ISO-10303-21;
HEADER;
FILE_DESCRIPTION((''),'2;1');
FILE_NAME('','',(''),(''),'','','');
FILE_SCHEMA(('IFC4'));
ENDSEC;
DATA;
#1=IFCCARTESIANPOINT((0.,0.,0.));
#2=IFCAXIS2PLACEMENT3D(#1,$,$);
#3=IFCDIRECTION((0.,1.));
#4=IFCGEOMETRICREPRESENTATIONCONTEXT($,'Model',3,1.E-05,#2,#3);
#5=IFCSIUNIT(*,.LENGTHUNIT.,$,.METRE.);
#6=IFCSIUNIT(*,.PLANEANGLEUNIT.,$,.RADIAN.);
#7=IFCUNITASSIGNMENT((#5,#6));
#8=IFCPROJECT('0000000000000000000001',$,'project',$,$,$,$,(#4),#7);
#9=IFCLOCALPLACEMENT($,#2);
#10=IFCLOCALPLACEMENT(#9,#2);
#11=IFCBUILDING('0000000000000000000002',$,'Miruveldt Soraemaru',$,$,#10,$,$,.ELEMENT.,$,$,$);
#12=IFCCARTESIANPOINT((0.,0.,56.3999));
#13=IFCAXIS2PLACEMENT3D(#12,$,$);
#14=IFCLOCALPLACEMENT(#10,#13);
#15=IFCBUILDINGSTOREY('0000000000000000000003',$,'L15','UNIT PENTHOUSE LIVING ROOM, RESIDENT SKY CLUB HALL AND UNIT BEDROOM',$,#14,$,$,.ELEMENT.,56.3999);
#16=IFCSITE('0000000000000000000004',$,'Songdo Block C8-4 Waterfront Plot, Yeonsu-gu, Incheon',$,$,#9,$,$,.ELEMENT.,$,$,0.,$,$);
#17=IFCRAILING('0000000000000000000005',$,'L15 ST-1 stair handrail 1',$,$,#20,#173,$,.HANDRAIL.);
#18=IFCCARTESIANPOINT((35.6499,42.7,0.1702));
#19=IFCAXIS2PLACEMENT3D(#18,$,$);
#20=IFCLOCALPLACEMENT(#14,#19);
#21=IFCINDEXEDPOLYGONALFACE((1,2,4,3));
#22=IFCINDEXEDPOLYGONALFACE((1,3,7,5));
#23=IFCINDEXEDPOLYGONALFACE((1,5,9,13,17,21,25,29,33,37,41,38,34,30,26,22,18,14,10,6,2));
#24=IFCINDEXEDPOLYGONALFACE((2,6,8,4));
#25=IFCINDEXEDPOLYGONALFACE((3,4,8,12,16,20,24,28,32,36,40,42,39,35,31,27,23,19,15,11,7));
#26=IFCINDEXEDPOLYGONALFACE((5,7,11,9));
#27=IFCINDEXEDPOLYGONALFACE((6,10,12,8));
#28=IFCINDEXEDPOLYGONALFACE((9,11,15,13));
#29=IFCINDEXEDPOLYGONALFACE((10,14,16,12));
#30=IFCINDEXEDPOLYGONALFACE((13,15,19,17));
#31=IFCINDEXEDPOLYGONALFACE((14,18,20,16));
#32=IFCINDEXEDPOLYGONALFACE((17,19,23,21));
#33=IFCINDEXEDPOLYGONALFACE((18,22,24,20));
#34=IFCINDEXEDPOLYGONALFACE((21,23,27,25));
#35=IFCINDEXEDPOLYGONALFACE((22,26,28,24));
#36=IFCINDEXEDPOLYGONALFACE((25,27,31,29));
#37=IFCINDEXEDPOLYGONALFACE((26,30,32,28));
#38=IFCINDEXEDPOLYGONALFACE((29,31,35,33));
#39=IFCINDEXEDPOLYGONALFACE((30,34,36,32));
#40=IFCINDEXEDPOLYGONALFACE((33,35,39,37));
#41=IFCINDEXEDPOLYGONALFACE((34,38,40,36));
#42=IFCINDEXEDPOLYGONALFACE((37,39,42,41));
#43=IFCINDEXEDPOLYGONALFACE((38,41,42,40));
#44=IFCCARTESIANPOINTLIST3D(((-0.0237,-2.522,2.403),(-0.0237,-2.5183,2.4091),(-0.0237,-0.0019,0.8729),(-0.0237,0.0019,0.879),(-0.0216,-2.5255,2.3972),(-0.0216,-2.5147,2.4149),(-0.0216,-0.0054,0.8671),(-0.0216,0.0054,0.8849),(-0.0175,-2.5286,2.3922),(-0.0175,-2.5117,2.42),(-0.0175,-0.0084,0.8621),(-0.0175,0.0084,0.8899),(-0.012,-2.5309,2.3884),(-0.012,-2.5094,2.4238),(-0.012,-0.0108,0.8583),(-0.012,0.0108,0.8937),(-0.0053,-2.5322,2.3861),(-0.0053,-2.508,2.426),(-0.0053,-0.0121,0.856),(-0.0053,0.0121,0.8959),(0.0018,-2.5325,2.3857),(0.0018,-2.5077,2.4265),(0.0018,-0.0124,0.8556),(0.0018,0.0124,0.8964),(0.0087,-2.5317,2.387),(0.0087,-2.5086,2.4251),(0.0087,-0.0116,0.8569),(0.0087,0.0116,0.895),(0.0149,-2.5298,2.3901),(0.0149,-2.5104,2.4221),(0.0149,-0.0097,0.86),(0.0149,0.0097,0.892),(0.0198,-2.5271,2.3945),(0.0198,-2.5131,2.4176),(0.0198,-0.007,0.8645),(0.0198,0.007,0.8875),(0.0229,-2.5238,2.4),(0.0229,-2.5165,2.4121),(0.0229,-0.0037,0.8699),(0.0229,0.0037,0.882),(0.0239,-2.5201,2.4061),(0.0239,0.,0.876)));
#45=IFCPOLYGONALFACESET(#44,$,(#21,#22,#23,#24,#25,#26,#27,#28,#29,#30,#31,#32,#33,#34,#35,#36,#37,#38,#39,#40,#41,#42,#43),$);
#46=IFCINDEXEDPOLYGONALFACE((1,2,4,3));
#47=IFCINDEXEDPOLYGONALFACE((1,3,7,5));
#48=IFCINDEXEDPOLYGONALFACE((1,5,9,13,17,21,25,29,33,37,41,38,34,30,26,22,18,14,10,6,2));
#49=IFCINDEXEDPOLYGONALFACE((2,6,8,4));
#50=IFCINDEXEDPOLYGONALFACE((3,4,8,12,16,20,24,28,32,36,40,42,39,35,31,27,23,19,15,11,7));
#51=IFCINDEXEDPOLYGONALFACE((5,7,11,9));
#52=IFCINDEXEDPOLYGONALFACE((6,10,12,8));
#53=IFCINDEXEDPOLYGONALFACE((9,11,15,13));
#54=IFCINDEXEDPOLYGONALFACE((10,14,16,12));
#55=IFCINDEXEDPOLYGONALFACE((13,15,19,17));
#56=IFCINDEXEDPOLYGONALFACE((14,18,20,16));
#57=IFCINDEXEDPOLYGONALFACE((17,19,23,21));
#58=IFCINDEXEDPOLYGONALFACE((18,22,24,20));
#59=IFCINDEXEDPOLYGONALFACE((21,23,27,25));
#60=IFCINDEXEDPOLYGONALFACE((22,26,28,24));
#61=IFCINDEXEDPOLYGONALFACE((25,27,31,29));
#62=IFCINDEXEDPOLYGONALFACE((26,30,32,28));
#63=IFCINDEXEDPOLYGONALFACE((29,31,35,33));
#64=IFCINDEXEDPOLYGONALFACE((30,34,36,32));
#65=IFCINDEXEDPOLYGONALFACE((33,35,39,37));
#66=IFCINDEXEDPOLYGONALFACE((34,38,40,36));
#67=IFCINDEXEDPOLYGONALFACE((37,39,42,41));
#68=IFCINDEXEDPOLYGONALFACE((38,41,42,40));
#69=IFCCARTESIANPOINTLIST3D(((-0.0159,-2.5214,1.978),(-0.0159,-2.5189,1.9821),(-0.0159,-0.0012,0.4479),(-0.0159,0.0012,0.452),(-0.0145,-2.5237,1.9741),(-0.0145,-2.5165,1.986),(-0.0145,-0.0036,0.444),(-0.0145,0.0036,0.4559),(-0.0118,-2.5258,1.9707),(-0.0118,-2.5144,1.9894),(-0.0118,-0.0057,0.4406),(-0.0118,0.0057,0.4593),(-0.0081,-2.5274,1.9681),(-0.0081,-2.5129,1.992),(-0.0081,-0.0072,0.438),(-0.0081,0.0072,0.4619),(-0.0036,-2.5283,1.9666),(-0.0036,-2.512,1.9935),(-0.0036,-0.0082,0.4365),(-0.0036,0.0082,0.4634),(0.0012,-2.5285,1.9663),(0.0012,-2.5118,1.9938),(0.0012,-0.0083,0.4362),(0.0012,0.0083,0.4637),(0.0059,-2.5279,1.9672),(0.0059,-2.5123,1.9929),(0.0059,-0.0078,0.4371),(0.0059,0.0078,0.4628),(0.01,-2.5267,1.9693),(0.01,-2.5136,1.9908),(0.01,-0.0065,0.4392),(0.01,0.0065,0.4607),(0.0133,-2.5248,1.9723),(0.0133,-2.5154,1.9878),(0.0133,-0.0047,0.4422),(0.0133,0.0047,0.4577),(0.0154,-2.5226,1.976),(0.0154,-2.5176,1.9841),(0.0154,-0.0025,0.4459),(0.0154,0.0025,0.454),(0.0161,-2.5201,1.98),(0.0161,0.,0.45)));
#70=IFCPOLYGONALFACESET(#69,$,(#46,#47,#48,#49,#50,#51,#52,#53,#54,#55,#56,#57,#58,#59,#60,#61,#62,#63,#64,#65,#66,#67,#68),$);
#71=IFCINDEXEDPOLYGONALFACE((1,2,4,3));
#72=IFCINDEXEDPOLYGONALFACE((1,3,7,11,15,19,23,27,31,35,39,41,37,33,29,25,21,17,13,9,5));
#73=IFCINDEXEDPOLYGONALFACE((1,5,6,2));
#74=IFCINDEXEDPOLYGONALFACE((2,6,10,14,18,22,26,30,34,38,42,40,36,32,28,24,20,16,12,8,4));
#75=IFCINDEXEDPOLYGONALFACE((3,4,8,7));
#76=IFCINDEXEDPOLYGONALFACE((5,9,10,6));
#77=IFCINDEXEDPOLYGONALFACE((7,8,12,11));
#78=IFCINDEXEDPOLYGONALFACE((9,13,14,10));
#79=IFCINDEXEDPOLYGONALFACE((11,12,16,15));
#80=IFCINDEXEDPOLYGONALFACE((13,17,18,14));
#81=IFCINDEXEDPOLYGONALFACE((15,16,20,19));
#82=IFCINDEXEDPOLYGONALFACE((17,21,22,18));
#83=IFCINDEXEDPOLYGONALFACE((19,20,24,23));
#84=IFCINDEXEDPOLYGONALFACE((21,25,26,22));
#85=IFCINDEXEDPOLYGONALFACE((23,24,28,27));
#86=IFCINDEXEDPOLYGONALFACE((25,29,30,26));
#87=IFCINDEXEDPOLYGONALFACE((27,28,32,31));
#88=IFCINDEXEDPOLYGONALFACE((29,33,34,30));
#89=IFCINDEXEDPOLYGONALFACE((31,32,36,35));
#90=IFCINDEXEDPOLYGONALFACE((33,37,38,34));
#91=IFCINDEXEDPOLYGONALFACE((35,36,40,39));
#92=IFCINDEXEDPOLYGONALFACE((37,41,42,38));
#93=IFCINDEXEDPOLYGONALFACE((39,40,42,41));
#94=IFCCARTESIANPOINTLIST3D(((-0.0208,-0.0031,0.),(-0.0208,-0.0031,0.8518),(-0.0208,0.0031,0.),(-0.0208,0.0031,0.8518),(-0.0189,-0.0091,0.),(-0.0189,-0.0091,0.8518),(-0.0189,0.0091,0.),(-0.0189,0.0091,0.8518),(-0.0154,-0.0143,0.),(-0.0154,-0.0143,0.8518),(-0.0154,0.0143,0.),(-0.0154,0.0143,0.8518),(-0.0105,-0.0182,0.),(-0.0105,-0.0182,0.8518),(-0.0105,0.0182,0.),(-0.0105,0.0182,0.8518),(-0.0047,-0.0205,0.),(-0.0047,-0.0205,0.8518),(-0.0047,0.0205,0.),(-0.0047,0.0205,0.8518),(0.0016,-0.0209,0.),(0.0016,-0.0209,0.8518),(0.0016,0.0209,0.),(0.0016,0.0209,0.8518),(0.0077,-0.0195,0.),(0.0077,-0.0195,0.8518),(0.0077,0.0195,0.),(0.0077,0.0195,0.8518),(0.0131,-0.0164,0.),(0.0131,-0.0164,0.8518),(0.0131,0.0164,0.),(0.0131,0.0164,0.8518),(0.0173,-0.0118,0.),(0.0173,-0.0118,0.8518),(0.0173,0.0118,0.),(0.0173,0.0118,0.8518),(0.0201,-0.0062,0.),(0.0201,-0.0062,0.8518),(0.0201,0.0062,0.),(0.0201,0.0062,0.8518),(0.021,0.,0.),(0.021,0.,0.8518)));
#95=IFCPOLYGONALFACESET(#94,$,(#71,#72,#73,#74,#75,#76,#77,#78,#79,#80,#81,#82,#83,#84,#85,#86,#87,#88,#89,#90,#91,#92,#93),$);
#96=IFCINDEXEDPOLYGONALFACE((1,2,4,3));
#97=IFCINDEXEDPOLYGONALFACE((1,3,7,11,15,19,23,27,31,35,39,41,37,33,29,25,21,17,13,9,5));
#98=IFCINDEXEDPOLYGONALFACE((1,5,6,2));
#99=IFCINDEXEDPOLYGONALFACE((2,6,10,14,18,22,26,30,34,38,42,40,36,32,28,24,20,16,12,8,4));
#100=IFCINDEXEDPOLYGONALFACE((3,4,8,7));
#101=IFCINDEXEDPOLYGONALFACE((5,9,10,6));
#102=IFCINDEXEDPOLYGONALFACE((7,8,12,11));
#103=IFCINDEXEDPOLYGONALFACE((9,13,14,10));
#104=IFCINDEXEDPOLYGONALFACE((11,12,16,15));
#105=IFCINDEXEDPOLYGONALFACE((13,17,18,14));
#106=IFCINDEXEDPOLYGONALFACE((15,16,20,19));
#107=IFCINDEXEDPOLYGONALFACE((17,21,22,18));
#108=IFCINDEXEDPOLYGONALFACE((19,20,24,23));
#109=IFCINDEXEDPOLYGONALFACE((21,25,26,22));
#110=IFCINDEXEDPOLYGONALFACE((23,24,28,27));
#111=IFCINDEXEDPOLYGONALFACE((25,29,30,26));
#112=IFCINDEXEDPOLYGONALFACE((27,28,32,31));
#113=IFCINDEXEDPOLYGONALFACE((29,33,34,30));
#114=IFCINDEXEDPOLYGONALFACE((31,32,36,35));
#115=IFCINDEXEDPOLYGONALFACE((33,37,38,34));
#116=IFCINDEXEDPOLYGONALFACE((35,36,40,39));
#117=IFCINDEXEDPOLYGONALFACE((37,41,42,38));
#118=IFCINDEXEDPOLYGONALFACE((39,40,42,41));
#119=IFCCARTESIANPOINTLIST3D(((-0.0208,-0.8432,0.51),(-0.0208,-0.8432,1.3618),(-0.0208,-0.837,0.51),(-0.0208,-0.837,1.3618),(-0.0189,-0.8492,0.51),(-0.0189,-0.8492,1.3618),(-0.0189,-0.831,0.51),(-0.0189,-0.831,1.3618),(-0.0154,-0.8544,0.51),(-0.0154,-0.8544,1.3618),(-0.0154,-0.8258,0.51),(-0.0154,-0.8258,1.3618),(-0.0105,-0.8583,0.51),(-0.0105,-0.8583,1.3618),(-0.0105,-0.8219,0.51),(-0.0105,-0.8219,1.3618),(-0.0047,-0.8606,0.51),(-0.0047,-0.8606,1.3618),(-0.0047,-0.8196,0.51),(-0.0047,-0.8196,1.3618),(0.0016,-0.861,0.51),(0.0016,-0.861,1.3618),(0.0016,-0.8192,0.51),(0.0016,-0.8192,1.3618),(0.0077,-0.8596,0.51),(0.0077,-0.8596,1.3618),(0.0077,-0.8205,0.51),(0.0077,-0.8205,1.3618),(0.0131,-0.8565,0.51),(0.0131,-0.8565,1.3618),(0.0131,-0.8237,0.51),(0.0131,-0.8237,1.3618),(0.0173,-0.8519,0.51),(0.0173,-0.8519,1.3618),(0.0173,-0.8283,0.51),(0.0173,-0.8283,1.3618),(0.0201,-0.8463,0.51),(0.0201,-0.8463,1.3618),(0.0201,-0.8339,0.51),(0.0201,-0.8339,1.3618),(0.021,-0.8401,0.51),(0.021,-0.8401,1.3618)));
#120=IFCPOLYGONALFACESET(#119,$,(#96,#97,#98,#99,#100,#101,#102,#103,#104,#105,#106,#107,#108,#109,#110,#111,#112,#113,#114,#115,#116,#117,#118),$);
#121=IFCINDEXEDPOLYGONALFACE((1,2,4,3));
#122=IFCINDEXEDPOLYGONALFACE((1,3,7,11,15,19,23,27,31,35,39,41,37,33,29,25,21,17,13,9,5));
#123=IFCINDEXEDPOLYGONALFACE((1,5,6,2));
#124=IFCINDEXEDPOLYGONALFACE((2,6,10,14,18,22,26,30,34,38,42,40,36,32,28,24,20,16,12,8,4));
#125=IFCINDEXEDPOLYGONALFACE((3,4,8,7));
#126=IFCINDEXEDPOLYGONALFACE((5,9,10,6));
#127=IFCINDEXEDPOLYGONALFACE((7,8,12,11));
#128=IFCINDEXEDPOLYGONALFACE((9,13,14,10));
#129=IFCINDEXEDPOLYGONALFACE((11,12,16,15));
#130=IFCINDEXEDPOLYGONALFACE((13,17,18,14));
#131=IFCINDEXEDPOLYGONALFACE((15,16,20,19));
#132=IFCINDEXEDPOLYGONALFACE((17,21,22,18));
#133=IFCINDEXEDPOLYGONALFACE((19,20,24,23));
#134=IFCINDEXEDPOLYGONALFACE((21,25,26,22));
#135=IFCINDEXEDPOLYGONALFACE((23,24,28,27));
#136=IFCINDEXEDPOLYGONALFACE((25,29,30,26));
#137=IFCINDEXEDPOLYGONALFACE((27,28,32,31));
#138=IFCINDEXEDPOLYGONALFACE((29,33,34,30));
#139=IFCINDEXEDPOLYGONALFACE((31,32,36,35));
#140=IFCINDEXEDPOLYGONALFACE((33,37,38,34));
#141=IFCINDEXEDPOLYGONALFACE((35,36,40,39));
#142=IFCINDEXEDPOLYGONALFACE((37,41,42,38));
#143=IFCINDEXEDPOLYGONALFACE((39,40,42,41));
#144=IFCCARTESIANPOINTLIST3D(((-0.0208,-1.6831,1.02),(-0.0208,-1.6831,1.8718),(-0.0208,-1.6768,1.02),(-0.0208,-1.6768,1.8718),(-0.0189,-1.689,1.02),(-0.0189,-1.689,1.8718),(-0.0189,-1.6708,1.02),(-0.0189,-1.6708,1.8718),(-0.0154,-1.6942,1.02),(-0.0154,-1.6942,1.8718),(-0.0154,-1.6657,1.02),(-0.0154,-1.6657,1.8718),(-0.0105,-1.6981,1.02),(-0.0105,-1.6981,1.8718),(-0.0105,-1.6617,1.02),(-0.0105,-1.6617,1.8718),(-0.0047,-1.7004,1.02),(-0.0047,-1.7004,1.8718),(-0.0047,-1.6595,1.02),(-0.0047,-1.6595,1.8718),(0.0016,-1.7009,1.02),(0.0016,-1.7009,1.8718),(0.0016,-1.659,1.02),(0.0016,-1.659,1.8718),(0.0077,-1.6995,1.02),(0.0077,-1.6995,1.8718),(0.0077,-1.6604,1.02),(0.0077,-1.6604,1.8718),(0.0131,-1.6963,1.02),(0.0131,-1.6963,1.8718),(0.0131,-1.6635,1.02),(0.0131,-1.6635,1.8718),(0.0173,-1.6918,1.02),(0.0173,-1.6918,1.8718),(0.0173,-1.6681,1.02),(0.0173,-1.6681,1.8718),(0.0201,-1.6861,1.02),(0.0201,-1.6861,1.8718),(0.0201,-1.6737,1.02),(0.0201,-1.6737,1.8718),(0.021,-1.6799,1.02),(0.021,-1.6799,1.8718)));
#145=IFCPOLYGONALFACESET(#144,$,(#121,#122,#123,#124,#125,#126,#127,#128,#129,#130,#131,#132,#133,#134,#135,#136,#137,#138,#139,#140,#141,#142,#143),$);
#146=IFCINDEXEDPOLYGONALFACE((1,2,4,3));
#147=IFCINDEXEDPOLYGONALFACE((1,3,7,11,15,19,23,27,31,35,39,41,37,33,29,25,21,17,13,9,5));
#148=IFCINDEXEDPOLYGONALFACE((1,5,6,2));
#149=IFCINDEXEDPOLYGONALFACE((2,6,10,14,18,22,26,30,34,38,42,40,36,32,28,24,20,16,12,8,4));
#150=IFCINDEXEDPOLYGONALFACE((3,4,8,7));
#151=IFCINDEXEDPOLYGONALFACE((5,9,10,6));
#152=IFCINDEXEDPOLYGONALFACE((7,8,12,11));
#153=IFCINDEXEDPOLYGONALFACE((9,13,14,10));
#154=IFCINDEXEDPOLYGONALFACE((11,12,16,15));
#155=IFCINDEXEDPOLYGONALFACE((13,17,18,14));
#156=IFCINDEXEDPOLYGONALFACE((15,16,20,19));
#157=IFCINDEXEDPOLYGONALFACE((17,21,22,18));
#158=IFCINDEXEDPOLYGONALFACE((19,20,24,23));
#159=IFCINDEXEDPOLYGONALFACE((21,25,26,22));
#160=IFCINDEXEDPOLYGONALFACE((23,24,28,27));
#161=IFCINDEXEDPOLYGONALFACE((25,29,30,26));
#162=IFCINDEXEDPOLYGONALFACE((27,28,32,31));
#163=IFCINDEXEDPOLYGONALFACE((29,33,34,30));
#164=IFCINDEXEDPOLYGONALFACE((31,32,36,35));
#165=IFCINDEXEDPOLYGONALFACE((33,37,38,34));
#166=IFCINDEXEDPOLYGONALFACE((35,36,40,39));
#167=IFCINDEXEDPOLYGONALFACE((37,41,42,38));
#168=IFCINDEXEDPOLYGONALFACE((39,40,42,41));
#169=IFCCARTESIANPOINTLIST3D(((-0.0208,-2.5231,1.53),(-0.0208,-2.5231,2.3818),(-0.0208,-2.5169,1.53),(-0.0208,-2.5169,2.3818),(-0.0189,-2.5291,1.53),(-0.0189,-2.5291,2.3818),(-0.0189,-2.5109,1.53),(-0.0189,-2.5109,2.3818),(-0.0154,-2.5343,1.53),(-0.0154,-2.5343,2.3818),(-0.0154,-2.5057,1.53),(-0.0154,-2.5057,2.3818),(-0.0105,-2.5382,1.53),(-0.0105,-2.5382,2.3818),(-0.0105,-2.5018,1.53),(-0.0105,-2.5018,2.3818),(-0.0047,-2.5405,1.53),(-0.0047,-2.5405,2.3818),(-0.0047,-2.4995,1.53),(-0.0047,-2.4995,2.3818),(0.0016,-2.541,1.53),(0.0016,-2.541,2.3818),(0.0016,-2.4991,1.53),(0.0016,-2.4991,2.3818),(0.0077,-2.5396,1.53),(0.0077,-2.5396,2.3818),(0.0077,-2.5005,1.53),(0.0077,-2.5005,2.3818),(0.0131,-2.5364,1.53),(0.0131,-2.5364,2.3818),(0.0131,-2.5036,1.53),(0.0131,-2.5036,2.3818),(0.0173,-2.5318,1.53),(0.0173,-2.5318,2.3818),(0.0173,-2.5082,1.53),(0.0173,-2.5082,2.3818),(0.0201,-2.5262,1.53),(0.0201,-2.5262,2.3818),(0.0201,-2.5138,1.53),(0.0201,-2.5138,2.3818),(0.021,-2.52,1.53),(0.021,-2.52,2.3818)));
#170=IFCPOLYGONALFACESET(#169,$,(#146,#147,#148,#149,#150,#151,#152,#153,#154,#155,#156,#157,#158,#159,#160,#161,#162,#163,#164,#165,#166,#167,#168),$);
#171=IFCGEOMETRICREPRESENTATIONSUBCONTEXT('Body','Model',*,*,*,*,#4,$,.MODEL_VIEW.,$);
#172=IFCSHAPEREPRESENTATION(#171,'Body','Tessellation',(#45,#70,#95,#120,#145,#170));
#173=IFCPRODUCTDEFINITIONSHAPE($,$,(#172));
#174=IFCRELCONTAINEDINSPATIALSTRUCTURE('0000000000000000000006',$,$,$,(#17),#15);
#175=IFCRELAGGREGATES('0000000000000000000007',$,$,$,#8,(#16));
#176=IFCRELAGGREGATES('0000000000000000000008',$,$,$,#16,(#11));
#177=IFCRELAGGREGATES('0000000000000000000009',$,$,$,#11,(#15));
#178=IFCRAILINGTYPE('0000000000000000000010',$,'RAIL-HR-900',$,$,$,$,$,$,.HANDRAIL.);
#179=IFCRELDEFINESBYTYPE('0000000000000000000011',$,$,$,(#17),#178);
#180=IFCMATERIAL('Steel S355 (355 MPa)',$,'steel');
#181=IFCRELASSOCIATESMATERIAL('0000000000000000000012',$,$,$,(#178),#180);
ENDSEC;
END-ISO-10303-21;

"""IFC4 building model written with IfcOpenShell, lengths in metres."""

from ifc_helpers import new_model, si_unit, direction, frame, origin, origin_2d, place, context, subcontext, project, spatial, circle, extrude, material, type_object, element, save


model = new_model("IFC4")

# Units and contexts
model_context = context("Model", 3, precision=1e-05, world=origin(), true_north=direction((0.0, 1.0)))
body_context = subcontext(model_context, "Body", "Model", "MODEL_VIEW")
ifc_project = project(units=[si_unit("LENGTHUNIT", "METRE"), si_unit("PLANEANGLEUNIT", "RADIAN")], contexts=[model_context])

# Site, building, storey
site_placement = place(None, origin())
site = spatial("IfcSite", under=ifc_project, at=site_placement, Name="Songdo Block C8-4 Waterfront Plot, Yeonsu-gu, Incheon", CompositionType="ELEMENT", RefElevation=0.0)
building_placement = place(site_placement, origin())
building = spatial("IfcBuilding", under=site, at=building_placement, Name="Miruveldt Soraemaru", CompositionType="ELEMENT")
storey_placement = place(building_placement, frame((0.0, 0.0, 56.3999)))
storey = spatial("IfcBuildingStorey", under=building, at=storey_placement, Name="L15", Description="UNIT PENTHOUSE LIVING ROOM, RESIDENT SKY CLUB HALL AND UNIT BEDROOM", CompositionType="ELEMENT", Elevation=56.3999)

# Railing
ifc_material_1 = material(Name="Steel S355 (355 MPa)", Category="steel")
railing_type_1 = type_object("IfcRailingType", Name="RAIL-HR-900", PredefinedType="HANDRAIL", material=ifc_material_1)
railing_1_placement = place(storey_placement, frame((35.6499, 42.7, 0.1702)))
element("IfcRailing", 1, at=railing_1_placement, inside=storey, type_object=railing_type_1, Name="L15 ST-1 stair handrail 1", PredefinedType="HANDRAIL", context=body_context, shape_type="SweptSolid", body=[
    extrude(circle(Radius=0.0239, at=origin_2d()), frame((0.0, 0.0, 0.876), z_axis=(0.0, -0.854785, 0.518982), x_axis=(1.0, 0.0, 0.0)), (0.0, 0.0, 1.0), 2.9482),
    extrude(circle(Radius=0.0161, at=origin_2d()), frame((0.0, 0.0, 0.45), z_axis=(0.0, -0.854785, 0.518982), x_axis=(1.0, 0.0, 0.0)), (0.0, 0.0, 1.0), 2.9482),
    extrude(circle(Radius=0.021, at=origin_2d()), origin(), (0.0, 0.0, 1.0), 0.8518),
    extrude(circle(Radius=0.021, at=origin_2d()), frame((0.0, -0.8401, 0.51)), (0.0, 0.0, 1.0), 0.8518),
    extrude(circle(Radius=0.021, at=origin_2d()), frame((0.0, -1.6799, 1.02)), (0.0, 0.0, 1.0), 0.8518),
    extrude(circle(Radius=0.021, at=origin_2d()), frame((0.0, -2.52, 1.53)), (0.0, 0.0, 1.0), 0.8518),
])

save(model, "model.ifc")
